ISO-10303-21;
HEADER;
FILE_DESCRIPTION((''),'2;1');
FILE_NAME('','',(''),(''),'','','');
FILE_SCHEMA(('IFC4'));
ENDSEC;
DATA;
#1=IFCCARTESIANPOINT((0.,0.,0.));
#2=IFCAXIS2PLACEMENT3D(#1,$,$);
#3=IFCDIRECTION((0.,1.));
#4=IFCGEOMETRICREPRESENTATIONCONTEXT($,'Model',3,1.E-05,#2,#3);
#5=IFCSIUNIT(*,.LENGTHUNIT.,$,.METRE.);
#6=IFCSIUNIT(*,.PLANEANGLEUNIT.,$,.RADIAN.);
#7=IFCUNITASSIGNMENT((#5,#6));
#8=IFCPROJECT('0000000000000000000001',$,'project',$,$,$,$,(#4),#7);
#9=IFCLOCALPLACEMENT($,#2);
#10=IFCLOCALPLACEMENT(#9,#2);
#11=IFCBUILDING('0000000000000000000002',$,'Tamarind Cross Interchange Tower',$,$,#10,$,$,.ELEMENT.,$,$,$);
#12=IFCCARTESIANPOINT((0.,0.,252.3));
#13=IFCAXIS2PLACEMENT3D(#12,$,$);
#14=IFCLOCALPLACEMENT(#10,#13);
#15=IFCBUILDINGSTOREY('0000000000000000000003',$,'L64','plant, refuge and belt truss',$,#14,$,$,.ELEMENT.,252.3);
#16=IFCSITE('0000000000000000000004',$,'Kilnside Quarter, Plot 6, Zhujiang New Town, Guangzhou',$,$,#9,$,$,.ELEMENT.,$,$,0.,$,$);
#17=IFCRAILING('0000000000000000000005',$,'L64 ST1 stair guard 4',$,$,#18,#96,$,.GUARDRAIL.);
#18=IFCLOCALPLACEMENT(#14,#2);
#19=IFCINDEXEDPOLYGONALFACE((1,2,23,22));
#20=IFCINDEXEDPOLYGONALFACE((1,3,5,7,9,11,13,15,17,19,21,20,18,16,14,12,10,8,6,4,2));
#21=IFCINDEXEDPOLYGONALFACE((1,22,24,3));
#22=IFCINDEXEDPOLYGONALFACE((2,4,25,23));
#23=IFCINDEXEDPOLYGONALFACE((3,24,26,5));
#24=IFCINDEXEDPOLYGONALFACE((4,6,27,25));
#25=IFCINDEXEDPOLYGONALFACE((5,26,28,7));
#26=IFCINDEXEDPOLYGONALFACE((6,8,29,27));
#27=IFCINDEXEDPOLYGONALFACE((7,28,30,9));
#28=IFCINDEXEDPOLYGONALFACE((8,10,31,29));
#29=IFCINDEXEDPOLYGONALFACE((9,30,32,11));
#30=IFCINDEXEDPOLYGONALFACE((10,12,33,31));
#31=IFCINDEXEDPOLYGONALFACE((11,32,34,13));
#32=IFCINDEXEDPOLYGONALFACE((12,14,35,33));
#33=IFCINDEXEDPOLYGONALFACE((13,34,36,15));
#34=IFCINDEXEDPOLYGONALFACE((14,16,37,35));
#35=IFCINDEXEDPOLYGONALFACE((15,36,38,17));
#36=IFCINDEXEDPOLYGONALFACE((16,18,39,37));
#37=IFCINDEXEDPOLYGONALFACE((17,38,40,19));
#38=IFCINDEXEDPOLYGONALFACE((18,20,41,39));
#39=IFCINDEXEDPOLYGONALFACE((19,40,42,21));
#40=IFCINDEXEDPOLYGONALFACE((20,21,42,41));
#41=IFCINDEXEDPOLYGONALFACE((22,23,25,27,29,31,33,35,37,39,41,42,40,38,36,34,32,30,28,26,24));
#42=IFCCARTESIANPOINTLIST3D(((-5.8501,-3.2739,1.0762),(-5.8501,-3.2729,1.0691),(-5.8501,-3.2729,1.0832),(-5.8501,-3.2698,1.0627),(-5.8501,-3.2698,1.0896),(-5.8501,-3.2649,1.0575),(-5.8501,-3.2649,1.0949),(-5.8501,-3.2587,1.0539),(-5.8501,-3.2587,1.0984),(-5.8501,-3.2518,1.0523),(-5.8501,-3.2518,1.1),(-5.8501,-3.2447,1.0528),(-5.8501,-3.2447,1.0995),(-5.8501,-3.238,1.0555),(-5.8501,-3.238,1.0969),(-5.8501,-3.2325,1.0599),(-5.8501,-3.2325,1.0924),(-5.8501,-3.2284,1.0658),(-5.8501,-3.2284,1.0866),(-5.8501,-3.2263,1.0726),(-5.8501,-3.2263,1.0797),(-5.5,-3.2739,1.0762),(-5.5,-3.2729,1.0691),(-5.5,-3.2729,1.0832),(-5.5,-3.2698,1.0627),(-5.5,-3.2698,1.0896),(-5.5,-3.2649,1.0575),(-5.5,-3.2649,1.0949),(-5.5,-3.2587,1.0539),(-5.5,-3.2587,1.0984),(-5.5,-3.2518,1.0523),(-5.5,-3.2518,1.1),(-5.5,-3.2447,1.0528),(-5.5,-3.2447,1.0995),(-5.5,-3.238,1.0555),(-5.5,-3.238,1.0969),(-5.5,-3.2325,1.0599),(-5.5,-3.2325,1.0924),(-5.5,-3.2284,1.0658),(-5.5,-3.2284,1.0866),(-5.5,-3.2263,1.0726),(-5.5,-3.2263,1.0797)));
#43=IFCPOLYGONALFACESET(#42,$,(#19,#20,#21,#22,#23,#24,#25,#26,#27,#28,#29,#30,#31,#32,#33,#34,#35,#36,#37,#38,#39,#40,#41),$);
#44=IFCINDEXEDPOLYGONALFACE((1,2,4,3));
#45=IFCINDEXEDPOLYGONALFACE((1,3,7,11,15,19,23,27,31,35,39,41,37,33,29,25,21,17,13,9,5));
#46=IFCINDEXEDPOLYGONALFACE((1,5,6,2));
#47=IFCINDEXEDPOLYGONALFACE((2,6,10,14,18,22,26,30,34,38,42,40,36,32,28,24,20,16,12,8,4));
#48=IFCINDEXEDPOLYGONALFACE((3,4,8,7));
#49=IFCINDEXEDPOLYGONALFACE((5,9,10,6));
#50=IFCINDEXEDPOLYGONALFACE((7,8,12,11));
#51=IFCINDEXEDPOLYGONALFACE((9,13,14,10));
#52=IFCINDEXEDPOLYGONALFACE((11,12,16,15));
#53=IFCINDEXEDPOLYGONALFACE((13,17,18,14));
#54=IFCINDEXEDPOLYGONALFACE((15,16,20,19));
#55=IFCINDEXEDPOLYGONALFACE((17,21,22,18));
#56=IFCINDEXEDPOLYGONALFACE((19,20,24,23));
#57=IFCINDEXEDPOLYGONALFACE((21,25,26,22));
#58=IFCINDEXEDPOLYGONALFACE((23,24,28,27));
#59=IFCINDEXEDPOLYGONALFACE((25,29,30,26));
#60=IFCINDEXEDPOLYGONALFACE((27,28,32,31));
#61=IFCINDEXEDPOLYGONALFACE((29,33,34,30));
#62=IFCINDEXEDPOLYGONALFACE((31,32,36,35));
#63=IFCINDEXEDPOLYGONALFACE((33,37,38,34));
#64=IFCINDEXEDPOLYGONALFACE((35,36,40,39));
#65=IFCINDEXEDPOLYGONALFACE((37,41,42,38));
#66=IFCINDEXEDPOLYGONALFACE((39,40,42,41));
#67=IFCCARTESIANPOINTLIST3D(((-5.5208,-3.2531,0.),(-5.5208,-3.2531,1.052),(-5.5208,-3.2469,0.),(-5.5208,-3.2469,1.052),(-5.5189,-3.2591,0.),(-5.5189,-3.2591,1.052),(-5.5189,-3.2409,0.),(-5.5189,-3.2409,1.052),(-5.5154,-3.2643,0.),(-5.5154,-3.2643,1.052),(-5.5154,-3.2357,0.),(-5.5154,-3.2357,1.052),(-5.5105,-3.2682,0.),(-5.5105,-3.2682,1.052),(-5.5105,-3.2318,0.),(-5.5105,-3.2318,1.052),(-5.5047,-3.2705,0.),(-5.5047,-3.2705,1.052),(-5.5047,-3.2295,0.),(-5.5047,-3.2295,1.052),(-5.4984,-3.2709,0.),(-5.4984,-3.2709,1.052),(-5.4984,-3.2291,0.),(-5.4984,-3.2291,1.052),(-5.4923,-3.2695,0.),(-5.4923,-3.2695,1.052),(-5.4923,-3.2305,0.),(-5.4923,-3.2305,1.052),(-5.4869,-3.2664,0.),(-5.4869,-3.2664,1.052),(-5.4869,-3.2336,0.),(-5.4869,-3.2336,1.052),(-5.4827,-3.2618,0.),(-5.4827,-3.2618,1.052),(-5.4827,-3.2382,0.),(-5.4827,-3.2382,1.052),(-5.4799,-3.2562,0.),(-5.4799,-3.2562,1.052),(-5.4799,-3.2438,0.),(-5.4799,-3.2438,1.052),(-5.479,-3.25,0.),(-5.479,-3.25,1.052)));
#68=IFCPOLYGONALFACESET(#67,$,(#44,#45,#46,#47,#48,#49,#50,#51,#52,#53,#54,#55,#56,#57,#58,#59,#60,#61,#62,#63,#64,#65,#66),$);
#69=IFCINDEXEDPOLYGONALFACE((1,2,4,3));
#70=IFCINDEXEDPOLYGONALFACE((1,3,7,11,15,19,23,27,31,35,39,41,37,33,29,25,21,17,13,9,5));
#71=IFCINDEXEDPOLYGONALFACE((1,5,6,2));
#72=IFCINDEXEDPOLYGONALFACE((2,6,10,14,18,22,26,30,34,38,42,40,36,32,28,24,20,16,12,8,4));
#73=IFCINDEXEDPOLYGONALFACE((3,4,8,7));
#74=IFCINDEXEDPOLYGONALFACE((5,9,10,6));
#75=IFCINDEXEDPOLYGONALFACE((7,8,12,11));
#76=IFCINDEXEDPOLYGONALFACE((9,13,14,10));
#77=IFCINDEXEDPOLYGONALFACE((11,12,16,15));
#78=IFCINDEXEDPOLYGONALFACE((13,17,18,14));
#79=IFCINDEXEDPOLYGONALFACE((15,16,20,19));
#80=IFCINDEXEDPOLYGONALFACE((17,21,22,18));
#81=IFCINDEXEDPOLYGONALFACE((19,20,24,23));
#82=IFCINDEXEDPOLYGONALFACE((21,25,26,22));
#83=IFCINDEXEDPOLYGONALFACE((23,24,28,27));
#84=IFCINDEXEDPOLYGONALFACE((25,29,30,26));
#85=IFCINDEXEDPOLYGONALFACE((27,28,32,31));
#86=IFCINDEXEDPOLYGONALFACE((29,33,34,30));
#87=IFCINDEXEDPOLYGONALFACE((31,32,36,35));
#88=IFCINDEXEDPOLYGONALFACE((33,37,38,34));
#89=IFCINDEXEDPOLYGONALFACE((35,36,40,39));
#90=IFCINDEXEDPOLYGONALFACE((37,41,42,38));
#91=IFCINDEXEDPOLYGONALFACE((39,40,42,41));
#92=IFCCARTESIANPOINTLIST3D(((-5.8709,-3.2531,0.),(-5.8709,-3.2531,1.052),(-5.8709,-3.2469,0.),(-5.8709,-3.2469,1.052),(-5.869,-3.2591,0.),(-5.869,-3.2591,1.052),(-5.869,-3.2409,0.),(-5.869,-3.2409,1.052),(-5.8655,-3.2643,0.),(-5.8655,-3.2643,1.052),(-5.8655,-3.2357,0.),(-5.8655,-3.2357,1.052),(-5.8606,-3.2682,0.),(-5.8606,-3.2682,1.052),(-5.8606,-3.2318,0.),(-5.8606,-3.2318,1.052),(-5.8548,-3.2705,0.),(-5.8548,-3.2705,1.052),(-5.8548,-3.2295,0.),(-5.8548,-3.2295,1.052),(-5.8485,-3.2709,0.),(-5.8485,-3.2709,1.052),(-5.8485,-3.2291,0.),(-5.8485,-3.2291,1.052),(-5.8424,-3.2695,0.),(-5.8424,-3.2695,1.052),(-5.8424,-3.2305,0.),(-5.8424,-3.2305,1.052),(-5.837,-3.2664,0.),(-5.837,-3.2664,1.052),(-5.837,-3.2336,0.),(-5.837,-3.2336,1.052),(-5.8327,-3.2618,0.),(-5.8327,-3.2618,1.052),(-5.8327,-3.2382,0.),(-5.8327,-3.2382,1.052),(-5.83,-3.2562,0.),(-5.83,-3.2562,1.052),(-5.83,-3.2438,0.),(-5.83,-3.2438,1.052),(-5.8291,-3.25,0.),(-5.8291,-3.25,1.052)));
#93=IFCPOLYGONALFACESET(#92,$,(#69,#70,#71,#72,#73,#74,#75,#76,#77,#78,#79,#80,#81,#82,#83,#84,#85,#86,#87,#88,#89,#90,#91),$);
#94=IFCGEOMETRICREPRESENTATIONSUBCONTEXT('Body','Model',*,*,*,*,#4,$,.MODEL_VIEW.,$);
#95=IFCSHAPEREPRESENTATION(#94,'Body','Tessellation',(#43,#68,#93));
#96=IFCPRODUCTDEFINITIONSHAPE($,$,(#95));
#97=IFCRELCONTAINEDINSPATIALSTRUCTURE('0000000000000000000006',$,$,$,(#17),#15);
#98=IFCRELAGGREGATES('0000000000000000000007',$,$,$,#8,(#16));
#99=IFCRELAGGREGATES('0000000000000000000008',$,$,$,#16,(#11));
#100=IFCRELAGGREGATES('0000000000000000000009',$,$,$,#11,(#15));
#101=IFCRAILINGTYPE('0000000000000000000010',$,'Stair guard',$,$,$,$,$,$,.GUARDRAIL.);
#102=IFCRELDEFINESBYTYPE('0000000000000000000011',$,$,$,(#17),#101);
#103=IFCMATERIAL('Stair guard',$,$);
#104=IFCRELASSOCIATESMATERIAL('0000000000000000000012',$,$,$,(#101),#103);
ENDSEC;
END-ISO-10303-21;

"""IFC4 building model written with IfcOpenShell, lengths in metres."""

from ifc_helpers import new_model, si_unit, direction, frame, origin, origin_2d, place, context, subcontext, project, spatial, circle, extrude, material, type_object, element, save


model = new_model("IFC4")

# Units and contexts
model_context = context("Model", 3, precision=1e-05, world=origin(), true_north=direction((0.0, 1.0)))
body_context = subcontext(model_context, "Body", "Model", "MODEL_VIEW")
ifc_project = project(units=[si_unit("LENGTHUNIT", "METRE"), si_unit("PLANEANGLEUNIT", "RADIAN")], contexts=[model_context])

# Site, building, storey
site_placement = place(None, origin())
site = spatial("IfcSite", under=ifc_project, at=site_placement, Name="Kilnside Quarter, Plot 6, Zhujiang New Town, Guangzhou", CompositionType="ELEMENT", RefElevation=0.0)
building_placement = place(site_placement, origin())
building = spatial("IfcBuilding", under=site, at=building_placement, Name="Tamarind Cross Interchange Tower", CompositionType="ELEMENT")
storey_placement = place(building_placement, frame((0.0, 0.0, 252.3)))
storey = spatial("IfcBuildingStorey", under=building, at=storey_placement, Name="L64", Description="plant, refuge and belt truss", CompositionType="ELEMENT", Elevation=252.3)

# Railing
ifc_material_1 = material(Name="Stair guard")
railing_type_1 = type_object("IfcRailingType", Name="Stair guard", PredefinedType="GUARDRAIL", material=ifc_material_1)
railing_1_placement = place(storey_placement, frame((-5.5, -3.25, 0.0)))
element("IfcRailing", 1, at=railing_1_placement, inside=storey, type_object=railing_type_1, Name="L64 ST1 stair guard 4", PredefinedType="GUARDRAIL", context=body_context, shape_type="SweptSolid", body=[
    extrude(circle(Radius=0.0239, at=origin_2d()), frame((0.0, 0.0, 1.0762), z_axis=(-1.0, 0.0, 0.0), x_axis=(0.0, -1.0, 0.0)), (0.0, 0.0, 1.0), 0.3501),
    extrude(circle(Radius=0.021, at=origin_2d()), origin(), (0.0, 0.0, 1.0), 1.052),
    extrude(circle(Radius=0.021, at=origin_2d()), frame((-0.3501, 0.0, 0.0)), (0.0, 0.0, 1.0), 1.052),
])

save(model, "model.ifc")
